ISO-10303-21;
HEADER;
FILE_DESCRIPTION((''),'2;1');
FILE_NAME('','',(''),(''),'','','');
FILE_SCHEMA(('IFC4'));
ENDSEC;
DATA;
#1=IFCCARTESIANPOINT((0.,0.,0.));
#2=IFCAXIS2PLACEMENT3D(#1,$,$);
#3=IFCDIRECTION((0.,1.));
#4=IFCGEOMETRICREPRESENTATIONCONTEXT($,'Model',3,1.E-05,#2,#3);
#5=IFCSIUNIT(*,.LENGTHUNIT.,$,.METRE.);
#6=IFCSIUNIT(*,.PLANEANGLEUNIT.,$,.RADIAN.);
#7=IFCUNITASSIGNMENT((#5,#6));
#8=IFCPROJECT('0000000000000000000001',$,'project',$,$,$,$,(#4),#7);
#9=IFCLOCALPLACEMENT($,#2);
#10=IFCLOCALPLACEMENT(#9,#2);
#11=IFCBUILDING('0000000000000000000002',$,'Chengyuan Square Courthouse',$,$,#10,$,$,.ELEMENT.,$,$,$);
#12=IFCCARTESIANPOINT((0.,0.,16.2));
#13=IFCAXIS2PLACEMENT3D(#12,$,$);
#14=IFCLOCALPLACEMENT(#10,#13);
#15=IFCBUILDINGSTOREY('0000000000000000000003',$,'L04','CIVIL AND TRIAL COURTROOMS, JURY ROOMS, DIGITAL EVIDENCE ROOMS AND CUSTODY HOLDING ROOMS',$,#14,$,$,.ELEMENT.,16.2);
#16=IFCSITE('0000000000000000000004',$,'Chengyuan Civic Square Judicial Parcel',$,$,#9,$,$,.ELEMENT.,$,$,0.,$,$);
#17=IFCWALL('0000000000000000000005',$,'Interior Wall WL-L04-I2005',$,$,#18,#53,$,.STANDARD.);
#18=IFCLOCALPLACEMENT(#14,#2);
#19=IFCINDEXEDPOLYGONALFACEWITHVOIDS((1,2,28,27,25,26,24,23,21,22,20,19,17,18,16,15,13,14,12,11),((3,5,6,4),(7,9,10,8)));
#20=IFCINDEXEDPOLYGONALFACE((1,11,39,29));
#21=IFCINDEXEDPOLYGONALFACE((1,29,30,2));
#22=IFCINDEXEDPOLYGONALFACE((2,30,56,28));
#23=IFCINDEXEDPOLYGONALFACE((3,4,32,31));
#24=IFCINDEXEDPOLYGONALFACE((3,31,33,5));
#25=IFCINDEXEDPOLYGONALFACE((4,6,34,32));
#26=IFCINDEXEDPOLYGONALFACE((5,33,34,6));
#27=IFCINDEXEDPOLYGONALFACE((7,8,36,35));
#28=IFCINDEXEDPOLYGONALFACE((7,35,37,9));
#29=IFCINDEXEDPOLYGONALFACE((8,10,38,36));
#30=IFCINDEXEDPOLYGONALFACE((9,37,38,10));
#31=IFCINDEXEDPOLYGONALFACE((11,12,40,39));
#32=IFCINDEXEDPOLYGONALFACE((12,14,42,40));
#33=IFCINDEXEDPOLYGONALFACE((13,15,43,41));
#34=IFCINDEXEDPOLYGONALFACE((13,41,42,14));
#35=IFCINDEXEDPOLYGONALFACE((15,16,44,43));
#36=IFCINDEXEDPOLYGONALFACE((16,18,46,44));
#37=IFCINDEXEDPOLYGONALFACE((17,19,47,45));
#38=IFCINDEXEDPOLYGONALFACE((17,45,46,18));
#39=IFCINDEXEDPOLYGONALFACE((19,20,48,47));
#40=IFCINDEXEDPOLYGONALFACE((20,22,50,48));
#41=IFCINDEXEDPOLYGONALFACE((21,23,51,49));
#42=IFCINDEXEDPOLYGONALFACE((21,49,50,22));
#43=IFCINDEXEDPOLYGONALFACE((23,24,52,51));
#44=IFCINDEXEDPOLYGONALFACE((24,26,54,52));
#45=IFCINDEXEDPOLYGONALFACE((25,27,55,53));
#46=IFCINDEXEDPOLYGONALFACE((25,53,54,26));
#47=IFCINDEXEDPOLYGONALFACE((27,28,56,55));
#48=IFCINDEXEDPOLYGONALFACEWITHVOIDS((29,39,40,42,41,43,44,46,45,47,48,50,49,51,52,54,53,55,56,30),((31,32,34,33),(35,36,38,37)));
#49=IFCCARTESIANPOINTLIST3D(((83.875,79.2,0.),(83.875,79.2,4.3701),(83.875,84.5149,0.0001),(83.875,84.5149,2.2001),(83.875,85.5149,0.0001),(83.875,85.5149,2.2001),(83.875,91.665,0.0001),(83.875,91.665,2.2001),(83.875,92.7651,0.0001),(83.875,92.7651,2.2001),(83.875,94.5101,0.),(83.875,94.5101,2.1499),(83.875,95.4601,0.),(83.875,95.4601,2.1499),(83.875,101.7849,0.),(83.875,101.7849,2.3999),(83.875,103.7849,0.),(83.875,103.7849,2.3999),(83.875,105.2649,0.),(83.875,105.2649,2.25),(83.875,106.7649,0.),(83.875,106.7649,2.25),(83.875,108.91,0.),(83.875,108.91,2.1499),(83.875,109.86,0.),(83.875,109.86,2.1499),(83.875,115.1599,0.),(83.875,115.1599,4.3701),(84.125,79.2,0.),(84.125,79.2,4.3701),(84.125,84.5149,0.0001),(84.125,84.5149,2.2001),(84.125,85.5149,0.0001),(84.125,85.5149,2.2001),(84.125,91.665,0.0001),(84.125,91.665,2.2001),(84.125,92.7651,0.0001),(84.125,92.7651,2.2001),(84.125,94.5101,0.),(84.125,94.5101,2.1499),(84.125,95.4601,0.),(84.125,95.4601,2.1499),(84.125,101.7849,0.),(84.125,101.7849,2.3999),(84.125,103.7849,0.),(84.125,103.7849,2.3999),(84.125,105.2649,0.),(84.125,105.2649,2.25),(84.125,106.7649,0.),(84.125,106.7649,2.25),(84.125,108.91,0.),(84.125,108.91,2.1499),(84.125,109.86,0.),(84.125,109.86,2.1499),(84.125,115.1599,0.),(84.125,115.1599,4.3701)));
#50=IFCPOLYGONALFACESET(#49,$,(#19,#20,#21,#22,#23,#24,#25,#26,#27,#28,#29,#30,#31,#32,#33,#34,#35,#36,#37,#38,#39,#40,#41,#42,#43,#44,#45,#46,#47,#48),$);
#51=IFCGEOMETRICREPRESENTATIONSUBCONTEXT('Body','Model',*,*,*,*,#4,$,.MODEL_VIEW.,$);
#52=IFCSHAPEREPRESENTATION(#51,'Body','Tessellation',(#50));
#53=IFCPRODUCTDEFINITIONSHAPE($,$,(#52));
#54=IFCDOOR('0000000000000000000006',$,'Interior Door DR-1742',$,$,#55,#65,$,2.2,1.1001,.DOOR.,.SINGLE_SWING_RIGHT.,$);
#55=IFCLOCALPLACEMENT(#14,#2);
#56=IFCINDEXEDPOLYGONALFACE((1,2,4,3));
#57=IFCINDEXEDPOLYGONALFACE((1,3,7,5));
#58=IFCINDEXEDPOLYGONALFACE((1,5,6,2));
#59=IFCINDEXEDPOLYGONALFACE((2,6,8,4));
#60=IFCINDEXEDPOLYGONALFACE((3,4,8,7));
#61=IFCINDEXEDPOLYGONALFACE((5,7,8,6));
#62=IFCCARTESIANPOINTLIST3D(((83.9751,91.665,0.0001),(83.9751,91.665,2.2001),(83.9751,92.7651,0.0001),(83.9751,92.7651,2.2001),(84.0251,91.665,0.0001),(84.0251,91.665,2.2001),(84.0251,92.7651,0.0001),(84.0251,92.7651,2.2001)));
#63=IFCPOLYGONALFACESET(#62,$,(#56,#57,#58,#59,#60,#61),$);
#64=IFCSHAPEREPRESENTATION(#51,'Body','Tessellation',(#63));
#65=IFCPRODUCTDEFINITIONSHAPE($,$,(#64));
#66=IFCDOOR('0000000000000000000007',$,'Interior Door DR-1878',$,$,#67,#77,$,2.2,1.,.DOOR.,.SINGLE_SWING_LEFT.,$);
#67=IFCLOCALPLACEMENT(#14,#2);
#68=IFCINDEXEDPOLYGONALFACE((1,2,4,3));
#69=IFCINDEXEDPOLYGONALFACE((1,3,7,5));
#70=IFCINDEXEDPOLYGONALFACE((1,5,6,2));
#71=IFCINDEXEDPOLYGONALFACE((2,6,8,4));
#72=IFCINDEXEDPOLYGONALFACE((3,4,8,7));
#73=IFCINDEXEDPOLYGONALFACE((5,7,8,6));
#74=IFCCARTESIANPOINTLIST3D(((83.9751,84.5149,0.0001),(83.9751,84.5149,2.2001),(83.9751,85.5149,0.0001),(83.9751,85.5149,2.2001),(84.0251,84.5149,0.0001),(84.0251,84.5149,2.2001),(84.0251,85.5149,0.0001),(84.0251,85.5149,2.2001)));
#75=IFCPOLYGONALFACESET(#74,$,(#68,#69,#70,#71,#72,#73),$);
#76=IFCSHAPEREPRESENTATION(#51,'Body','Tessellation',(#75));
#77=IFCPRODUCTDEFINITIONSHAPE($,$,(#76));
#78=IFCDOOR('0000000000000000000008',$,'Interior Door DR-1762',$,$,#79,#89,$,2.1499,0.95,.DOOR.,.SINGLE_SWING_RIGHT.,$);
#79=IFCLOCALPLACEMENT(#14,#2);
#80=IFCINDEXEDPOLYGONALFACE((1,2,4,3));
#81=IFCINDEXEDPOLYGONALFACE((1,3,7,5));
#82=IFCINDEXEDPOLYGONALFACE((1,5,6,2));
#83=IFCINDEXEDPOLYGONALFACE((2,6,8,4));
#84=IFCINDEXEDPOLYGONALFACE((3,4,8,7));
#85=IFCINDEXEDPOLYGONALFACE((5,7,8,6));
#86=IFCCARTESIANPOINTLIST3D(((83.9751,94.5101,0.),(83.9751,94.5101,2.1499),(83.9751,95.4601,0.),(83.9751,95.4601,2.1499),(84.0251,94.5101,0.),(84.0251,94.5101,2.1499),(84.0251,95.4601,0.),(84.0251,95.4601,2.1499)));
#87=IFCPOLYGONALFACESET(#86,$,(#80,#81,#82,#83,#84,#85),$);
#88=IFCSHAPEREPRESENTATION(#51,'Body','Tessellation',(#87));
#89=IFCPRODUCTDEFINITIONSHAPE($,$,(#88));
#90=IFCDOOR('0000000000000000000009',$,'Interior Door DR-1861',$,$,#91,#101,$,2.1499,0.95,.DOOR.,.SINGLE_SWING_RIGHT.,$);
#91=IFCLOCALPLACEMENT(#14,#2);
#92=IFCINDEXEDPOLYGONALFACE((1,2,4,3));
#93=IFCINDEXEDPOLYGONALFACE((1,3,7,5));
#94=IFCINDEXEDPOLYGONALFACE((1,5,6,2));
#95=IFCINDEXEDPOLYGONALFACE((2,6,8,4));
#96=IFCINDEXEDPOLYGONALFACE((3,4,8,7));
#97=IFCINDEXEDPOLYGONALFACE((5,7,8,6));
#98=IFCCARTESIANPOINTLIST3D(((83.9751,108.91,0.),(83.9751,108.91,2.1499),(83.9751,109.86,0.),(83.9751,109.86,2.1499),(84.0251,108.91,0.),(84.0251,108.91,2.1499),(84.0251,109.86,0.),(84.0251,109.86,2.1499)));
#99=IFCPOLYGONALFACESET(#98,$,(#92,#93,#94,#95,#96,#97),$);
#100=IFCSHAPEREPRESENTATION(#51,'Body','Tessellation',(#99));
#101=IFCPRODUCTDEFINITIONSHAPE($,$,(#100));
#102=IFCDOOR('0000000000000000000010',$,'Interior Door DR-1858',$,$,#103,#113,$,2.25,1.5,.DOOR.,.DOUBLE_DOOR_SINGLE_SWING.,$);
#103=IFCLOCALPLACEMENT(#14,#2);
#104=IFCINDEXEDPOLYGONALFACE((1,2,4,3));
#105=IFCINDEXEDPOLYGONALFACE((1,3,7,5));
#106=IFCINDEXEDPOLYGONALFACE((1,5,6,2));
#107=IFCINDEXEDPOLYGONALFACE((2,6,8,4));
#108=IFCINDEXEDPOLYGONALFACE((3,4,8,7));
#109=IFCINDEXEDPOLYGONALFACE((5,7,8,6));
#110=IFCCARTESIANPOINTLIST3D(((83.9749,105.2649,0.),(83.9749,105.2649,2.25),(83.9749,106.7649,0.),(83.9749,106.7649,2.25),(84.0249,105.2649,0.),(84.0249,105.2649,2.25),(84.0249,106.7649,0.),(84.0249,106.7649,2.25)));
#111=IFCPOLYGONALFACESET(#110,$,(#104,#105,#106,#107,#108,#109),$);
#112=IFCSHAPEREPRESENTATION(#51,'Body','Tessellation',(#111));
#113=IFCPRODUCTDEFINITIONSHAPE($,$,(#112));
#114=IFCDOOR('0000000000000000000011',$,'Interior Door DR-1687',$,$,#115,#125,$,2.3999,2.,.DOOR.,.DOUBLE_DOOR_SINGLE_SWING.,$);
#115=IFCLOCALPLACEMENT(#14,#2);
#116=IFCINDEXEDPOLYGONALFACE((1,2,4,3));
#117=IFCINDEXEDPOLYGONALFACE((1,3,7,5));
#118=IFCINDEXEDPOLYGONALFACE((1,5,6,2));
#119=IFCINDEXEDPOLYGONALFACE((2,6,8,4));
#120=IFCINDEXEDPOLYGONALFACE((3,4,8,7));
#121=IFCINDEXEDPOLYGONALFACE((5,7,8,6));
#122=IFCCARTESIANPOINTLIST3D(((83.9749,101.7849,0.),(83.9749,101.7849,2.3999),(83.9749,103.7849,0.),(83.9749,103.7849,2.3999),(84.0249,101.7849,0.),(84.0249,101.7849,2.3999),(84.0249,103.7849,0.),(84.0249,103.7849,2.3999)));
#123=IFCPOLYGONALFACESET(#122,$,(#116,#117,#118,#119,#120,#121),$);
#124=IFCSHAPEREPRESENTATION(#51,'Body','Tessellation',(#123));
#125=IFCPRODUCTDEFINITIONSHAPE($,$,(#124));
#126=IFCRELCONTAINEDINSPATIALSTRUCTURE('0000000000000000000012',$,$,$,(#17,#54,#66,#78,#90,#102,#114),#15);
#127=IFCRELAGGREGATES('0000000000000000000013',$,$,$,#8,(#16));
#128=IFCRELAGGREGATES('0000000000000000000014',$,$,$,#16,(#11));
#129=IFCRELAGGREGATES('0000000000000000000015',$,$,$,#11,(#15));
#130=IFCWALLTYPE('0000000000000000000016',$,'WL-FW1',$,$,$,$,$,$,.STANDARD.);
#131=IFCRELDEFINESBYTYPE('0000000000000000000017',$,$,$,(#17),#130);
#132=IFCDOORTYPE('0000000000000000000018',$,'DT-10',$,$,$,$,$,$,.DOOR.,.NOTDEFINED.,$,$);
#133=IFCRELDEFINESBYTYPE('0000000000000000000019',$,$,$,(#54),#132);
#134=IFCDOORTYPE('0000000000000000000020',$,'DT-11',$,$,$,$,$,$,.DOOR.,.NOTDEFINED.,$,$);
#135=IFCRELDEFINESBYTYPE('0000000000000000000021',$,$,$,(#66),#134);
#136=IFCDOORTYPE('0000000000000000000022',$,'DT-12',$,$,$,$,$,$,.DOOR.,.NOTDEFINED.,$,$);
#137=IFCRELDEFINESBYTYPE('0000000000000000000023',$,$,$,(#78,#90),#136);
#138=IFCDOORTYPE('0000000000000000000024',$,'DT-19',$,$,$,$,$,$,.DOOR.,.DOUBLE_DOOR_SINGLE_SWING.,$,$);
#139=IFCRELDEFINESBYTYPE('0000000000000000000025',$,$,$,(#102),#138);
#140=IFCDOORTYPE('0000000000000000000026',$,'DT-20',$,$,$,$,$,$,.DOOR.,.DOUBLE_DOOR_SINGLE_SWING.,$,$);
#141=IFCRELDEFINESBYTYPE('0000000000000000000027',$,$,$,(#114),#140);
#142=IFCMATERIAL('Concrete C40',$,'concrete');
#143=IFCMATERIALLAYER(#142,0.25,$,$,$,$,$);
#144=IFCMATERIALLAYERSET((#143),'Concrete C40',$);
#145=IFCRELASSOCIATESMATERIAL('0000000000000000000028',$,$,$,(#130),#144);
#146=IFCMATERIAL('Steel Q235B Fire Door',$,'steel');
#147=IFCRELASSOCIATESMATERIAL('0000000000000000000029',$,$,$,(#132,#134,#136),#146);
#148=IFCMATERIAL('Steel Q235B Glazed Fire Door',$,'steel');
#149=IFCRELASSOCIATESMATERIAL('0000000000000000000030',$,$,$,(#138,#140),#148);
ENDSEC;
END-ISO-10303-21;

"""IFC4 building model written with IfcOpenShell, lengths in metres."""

from ifc_helpers import new_model, si_unit, direction, frame, frame_2d, origin, place, context, subcontext, project, spatial, rectangle, extrude, material, layer, layer_set, type_object, element, fill, save


model = new_model("IFC4")

# Units and contexts
model_context = context("Model", 3, precision=1e-05, world=origin(), true_north=direction((0.0, 1.0)))
body_context = subcontext(model_context, "Body", "Model", "MODEL_VIEW")
ifc_project = project(units=[si_unit("LENGTHUNIT", "METRE"), si_unit("PLANEANGLEUNIT", "RADIAN")], contexts=[model_context])

# Site, building, storey
site_placement = place(None, origin())
site = spatial("IfcSite", under=ifc_project, at=site_placement, Name="Chengyuan Civic Square Judicial Parcel", CompositionType="ELEMENT", RefElevation=0.0)
building_placement = place(site_placement, origin())
building = spatial("IfcBuilding", under=site, at=building_placement, Name="Chengyuan Square Courthouse", CompositionType="ELEMENT")
storey_placement = place(building_placement, frame((0.0, 0.0, 16.2)))
storey = spatial("IfcBuildingStorey", under=building, at=storey_placement, Name="L04", Description="CIVIL AND TRIAL COURTROOMS, JURY ROOMS, DIGITAL EVIDENCE ROOMS AND CUSTODY HOLDING ROOMS", CompositionType="ELEMENT", Elevation=16.2)

# Shared definitions
ifc_material_1 = material(Name="Concrete C40", Category="concrete")

# Wall, openings, doors
ifc_layer_1 = layer(ifc_material_1, 0.25)
ifc_layer_set_1 = layer_set([ifc_layer_1], Name="Concrete C40")
wall_type_1 = type_object("IfcWallType", Name="WL-FW1", PredefinedType="STANDARD", material=ifc_layer_set_1)
wall_1_placement = place(storey_placement, frame((84.0, 79.2, 0.0), z_axis=(0.0, 0.0, 1.0), x_axis=(0.0, 1.0, 0.0)))
wall_1 = element("IfcWall", 1, at=wall_1_placement, inside=storey, type_object=wall_type_1, Name="Interior Wall WL-L04-I2005", PredefinedType="STANDARD", context=body_context, shape_type="SweptSolid", body=[
    extrude(rectangle(XDim=35.96, YDim=0.25, at=frame_2d((17.98, 0.0))), origin(), (0.0, 0.0, 1.0), 4.3701),
])
opening_1_placement = place(wall_1_placement, frame((22.585, 0.0, 0.0)))
opening_1 = element("IfcOpeningElement", 2, at=opening_1_placement, cuts=wall_1, PredefinedType="OPENING", context=body_context, shape_type="SweptSolid", body=[
    extrude(rectangle(XDim=2.0, YDim=2.3999, at=frame_2d((1.0, 1.2))), frame((0.0, 0.137, 0.0), z_axis=(0.0, -1.0, 0.0), x_axis=(1.0, 0.0, 0.0)), (0.0, 0.0, 1.0), 0.2739),
])
opening_2_placement = place(wall_1_placement, frame((12.4651, 0.0, 0.0)))
opening_2 = element("IfcOpeningElement", 3, at=opening_2_placement, cuts=wall_1, PredefinedType="OPENING", context=body_context, shape_type="SweptSolid", body=[
    extrude(rectangle(XDim=1.1001, YDim=2.2, at=frame_2d((0.55, 1.1001))), frame((0.0, 0.137, 0.0), z_axis=(0.0, -1.0, 0.0), x_axis=(1.0, 0.0, 0.0)), (0.0, 0.0, 1.0), 0.2739),
])
opening_3_placement = place(wall_1_placement, frame((15.3101, 0.0, 0.0)))
opening_3 = element("IfcOpeningElement", 4, at=opening_3_placement, cuts=wall_1, PredefinedType="OPENING", context=body_context, shape_type="SweptSolid", body=[
    extrude(rectangle(XDim=0.95, YDim=2.1499, at=frame_2d((0.4751, 1.075))), frame((0.0, 0.137, 0.0), z_axis=(0.0, -1.0, 0.0), x_axis=(1.0, 0.0, 0.0)), (0.0, 0.0, 1.0), 0.2739),
])
opening_4_placement = place(wall_1_placement, frame((26.0649, 0.0, 0.0)))
opening_4 = element("IfcOpeningElement", 5, at=opening_4_placement, cuts=wall_1, PredefinedType="OPENING", context=body_context, shape_type="SweptSolid", body=[
    extrude(rectangle(XDim=1.5, YDim=2.25, at=frame_2d((0.75, 1.125))), frame((0.0, 0.137, 0.0), z_axis=(0.0, -1.0, 0.0), x_axis=(1.0, 0.0, 0.0)), (0.0, 0.0, 1.0), 0.2739),
])
opening_5_placement = place(wall_1_placement, frame((29.71, 0.0, 0.0)))
opening_5 = element("IfcOpeningElement", 6, at=opening_5_placement, cuts=wall_1, PredefinedType="OPENING", context=body_context, shape_type="SweptSolid", body=[
    extrude(rectangle(XDim=0.95, YDim=2.1499, at=frame_2d((0.4751, 1.075))), frame((0.0, 0.137, 0.0), z_axis=(0.0, -1.0, 0.0), x_axis=(1.0, 0.0, 0.0)), (0.0, 0.0, 1.0), 0.2739),
])
opening_6_placement = place(wall_1_placement, frame((5.3149, 0.0, 0.0)))
opening_6 = element("IfcOpeningElement", 7, at=opening_6_placement, cuts=wall_1, PredefinedType="OPENING", context=body_context, shape_type="SweptSolid", body=[
    extrude(rectangle(XDim=1.0, YDim=2.2, at=frame_2d((0.5, 1.1001))), frame((0.0, 0.137, 0.0), z_axis=(0.0, -1.0, 0.0), x_axis=(1.0, 0.0, 0.0)), (0.0, 0.0, 1.0), 0.2739),
])
ifc_material_2 = material(Name="Steel Q235B Fire Door", Category="steel")
door_type_1 = type_object("IfcDoorType", Name="DT-10", OperationType="NOTDEFINED", PredefinedType="DOOR", material=ifc_material_2)
door_1_placement = place(opening_2_placement, origin())
door_1 = element("IfcDoor", 8, at=door_1_placement, inside=storey, type_object=door_type_1, Name="Interior Door DR-1742", OperationType="SINGLE_SWING_RIGHT", OverallHeight=2.2, OverallWidth=1.1001, PredefinedType="DOOR", context=body_context, shape_type="SweptSolid", body=[
    extrude(rectangle(XDim=1.1001, YDim=2.2, at=frame_2d((0.55, 1.1001))), frame((0.0, 0.0249, 0.0), z_axis=(0.0, -1.0, 0.0), x_axis=(1.0, 0.0, 0.0)), (0.0, 0.0, 1.0), 0.05),
])
fill(opening_2, door_1)
door_type_2 = type_object("IfcDoorType", Name="DT-11", OperationType="NOTDEFINED", PredefinedType="DOOR", material=ifc_material_2)
door_2_placement = place(opening_6_placement, origin())
door_2 = element("IfcDoor", 9, at=door_2_placement, inside=storey, type_object=door_type_2, Name="Interior Door DR-1878", OperationType="SINGLE_SWING_LEFT", OverallHeight=2.2, OverallWidth=1.0, PredefinedType="DOOR", context=body_context, shape_type="SweptSolid", body=[
    extrude(rectangle(XDim=1.0, YDim=2.2, at=frame_2d((0.5, 1.1001))), frame((0.0, 0.0249, 0.0), z_axis=(0.0, -1.0, 0.0), x_axis=(1.0, 0.0, 0.0)), (0.0, 0.0, 1.0), 0.05),
])
fill(opening_6, door_2)
door_type_3 = type_object("IfcDoorType", Name="DT-12", OperationType="NOTDEFINED", PredefinedType="DOOR", material=ifc_material_2)
door_3_placement = place(opening_3_placement, origin())
door_3 = element("IfcDoor", 10, at=door_3_placement, inside=storey, type_object=door_type_3, Name="Interior Door DR-1762", OperationType="SINGLE_SWING_RIGHT", OverallHeight=2.1499, OverallWidth=0.95, PredefinedType="DOOR", context=body_context, shape_type="SweptSolid", body=[
    extrude(rectangle(XDim=0.95, YDim=2.1499, at=frame_2d((0.4751, 1.075))), frame((0.0, 0.0249, 0.0), z_axis=(0.0, -1.0, 0.0), x_axis=(1.0, 0.0, 0.0)), (0.0, 0.0, 1.0), 0.05),
])
fill(opening_3, door_3)
door_4_placement = place(opening_5_placement, origin())
door_4 = element("IfcDoor", 11, at=door_4_placement, inside=storey, type_object=door_type_3, Name="Interior Door DR-1861", OperationType="SINGLE_SWING_RIGHT", OverallHeight=2.1499, OverallWidth=0.95, PredefinedType="DOOR", context=body_context, shape_type="SweptSolid", body=[
    extrude(rectangle(XDim=0.95, YDim=2.1499, at=frame_2d((0.4751, 1.075))), frame((0.0, 0.0249, 0.0), z_axis=(0.0, -1.0, 0.0), x_axis=(1.0, 0.0, 0.0)), (0.0, 0.0, 1.0), 0.05),
])
fill(opening_5, door_4)
ifc_material_3 = material(Name="Steel Q235B Glazed Fire Door", Category="steel")
door_type_4 = type_object("IfcDoorType", Name="DT-19", OperationType="DOUBLE_DOOR_SINGLE_SWING", PredefinedType="DOOR", material=ifc_material_3)
door_5_placement = place(opening_4_placement, frame((1.5, 0.0, 0.0), z_axis=(0.0, 0.0, 1.0), x_axis=(-1.0, 0.0, 0.0)))
door_5 = element("IfcDoor", 12, at=door_5_placement, inside=storey, type_object=door_type_4, Name="Interior Door DR-1858", OperationType="DOUBLE_DOOR_SINGLE_SWING", OverallHeight=2.25, OverallWidth=1.5, PredefinedType="DOOR", context=body_context, shape_type="SweptSolid", body=[
    extrude(rectangle(XDim=1.5, YDim=2.25, at=frame_2d((0.75, 1.125))), frame((0.0, 0.0249, 0.0), z_axis=(0.0, -1.0, 0.0), x_axis=(1.0, 0.0, 0.0)), (0.0, 0.0, 1.0), 0.05),
])
fill(opening_4, door_5)
door_type_5 = type_object("IfcDoorType", Name="DT-20", OperationType="DOUBLE_DOOR_SINGLE_SWING", PredefinedType="DOOR", material=ifc_material_3)
door_6_placement = place(opening_1_placement, frame((2.0, 0.0, 0.0), z_axis=(0.0, 0.0, 1.0), x_axis=(-1.0, 0.0, 0.0)))
door_6 = element("IfcDoor", 13, at=door_6_placement, inside=storey, type_object=door_type_5, Name="Interior Door DR-1687", OperationType="DOUBLE_DOOR_SINGLE_SWING", OverallHeight=2.3999, OverallWidth=2.0, PredefinedType="DOOR", context=body_context, shape_type="SweptSolid", body=[
    extrude(rectangle(XDim=2.0, YDim=2.3999, at=frame_2d((1.0, 1.2))), frame((0.0, 0.0249, 0.0), z_axis=(0.0, -1.0, 0.0), x_axis=(1.0, 0.0, 0.0)), (0.0, 0.0, 1.0), 0.05),
])
fill(opening_1, door_6)

save(model, "model.ifc")
